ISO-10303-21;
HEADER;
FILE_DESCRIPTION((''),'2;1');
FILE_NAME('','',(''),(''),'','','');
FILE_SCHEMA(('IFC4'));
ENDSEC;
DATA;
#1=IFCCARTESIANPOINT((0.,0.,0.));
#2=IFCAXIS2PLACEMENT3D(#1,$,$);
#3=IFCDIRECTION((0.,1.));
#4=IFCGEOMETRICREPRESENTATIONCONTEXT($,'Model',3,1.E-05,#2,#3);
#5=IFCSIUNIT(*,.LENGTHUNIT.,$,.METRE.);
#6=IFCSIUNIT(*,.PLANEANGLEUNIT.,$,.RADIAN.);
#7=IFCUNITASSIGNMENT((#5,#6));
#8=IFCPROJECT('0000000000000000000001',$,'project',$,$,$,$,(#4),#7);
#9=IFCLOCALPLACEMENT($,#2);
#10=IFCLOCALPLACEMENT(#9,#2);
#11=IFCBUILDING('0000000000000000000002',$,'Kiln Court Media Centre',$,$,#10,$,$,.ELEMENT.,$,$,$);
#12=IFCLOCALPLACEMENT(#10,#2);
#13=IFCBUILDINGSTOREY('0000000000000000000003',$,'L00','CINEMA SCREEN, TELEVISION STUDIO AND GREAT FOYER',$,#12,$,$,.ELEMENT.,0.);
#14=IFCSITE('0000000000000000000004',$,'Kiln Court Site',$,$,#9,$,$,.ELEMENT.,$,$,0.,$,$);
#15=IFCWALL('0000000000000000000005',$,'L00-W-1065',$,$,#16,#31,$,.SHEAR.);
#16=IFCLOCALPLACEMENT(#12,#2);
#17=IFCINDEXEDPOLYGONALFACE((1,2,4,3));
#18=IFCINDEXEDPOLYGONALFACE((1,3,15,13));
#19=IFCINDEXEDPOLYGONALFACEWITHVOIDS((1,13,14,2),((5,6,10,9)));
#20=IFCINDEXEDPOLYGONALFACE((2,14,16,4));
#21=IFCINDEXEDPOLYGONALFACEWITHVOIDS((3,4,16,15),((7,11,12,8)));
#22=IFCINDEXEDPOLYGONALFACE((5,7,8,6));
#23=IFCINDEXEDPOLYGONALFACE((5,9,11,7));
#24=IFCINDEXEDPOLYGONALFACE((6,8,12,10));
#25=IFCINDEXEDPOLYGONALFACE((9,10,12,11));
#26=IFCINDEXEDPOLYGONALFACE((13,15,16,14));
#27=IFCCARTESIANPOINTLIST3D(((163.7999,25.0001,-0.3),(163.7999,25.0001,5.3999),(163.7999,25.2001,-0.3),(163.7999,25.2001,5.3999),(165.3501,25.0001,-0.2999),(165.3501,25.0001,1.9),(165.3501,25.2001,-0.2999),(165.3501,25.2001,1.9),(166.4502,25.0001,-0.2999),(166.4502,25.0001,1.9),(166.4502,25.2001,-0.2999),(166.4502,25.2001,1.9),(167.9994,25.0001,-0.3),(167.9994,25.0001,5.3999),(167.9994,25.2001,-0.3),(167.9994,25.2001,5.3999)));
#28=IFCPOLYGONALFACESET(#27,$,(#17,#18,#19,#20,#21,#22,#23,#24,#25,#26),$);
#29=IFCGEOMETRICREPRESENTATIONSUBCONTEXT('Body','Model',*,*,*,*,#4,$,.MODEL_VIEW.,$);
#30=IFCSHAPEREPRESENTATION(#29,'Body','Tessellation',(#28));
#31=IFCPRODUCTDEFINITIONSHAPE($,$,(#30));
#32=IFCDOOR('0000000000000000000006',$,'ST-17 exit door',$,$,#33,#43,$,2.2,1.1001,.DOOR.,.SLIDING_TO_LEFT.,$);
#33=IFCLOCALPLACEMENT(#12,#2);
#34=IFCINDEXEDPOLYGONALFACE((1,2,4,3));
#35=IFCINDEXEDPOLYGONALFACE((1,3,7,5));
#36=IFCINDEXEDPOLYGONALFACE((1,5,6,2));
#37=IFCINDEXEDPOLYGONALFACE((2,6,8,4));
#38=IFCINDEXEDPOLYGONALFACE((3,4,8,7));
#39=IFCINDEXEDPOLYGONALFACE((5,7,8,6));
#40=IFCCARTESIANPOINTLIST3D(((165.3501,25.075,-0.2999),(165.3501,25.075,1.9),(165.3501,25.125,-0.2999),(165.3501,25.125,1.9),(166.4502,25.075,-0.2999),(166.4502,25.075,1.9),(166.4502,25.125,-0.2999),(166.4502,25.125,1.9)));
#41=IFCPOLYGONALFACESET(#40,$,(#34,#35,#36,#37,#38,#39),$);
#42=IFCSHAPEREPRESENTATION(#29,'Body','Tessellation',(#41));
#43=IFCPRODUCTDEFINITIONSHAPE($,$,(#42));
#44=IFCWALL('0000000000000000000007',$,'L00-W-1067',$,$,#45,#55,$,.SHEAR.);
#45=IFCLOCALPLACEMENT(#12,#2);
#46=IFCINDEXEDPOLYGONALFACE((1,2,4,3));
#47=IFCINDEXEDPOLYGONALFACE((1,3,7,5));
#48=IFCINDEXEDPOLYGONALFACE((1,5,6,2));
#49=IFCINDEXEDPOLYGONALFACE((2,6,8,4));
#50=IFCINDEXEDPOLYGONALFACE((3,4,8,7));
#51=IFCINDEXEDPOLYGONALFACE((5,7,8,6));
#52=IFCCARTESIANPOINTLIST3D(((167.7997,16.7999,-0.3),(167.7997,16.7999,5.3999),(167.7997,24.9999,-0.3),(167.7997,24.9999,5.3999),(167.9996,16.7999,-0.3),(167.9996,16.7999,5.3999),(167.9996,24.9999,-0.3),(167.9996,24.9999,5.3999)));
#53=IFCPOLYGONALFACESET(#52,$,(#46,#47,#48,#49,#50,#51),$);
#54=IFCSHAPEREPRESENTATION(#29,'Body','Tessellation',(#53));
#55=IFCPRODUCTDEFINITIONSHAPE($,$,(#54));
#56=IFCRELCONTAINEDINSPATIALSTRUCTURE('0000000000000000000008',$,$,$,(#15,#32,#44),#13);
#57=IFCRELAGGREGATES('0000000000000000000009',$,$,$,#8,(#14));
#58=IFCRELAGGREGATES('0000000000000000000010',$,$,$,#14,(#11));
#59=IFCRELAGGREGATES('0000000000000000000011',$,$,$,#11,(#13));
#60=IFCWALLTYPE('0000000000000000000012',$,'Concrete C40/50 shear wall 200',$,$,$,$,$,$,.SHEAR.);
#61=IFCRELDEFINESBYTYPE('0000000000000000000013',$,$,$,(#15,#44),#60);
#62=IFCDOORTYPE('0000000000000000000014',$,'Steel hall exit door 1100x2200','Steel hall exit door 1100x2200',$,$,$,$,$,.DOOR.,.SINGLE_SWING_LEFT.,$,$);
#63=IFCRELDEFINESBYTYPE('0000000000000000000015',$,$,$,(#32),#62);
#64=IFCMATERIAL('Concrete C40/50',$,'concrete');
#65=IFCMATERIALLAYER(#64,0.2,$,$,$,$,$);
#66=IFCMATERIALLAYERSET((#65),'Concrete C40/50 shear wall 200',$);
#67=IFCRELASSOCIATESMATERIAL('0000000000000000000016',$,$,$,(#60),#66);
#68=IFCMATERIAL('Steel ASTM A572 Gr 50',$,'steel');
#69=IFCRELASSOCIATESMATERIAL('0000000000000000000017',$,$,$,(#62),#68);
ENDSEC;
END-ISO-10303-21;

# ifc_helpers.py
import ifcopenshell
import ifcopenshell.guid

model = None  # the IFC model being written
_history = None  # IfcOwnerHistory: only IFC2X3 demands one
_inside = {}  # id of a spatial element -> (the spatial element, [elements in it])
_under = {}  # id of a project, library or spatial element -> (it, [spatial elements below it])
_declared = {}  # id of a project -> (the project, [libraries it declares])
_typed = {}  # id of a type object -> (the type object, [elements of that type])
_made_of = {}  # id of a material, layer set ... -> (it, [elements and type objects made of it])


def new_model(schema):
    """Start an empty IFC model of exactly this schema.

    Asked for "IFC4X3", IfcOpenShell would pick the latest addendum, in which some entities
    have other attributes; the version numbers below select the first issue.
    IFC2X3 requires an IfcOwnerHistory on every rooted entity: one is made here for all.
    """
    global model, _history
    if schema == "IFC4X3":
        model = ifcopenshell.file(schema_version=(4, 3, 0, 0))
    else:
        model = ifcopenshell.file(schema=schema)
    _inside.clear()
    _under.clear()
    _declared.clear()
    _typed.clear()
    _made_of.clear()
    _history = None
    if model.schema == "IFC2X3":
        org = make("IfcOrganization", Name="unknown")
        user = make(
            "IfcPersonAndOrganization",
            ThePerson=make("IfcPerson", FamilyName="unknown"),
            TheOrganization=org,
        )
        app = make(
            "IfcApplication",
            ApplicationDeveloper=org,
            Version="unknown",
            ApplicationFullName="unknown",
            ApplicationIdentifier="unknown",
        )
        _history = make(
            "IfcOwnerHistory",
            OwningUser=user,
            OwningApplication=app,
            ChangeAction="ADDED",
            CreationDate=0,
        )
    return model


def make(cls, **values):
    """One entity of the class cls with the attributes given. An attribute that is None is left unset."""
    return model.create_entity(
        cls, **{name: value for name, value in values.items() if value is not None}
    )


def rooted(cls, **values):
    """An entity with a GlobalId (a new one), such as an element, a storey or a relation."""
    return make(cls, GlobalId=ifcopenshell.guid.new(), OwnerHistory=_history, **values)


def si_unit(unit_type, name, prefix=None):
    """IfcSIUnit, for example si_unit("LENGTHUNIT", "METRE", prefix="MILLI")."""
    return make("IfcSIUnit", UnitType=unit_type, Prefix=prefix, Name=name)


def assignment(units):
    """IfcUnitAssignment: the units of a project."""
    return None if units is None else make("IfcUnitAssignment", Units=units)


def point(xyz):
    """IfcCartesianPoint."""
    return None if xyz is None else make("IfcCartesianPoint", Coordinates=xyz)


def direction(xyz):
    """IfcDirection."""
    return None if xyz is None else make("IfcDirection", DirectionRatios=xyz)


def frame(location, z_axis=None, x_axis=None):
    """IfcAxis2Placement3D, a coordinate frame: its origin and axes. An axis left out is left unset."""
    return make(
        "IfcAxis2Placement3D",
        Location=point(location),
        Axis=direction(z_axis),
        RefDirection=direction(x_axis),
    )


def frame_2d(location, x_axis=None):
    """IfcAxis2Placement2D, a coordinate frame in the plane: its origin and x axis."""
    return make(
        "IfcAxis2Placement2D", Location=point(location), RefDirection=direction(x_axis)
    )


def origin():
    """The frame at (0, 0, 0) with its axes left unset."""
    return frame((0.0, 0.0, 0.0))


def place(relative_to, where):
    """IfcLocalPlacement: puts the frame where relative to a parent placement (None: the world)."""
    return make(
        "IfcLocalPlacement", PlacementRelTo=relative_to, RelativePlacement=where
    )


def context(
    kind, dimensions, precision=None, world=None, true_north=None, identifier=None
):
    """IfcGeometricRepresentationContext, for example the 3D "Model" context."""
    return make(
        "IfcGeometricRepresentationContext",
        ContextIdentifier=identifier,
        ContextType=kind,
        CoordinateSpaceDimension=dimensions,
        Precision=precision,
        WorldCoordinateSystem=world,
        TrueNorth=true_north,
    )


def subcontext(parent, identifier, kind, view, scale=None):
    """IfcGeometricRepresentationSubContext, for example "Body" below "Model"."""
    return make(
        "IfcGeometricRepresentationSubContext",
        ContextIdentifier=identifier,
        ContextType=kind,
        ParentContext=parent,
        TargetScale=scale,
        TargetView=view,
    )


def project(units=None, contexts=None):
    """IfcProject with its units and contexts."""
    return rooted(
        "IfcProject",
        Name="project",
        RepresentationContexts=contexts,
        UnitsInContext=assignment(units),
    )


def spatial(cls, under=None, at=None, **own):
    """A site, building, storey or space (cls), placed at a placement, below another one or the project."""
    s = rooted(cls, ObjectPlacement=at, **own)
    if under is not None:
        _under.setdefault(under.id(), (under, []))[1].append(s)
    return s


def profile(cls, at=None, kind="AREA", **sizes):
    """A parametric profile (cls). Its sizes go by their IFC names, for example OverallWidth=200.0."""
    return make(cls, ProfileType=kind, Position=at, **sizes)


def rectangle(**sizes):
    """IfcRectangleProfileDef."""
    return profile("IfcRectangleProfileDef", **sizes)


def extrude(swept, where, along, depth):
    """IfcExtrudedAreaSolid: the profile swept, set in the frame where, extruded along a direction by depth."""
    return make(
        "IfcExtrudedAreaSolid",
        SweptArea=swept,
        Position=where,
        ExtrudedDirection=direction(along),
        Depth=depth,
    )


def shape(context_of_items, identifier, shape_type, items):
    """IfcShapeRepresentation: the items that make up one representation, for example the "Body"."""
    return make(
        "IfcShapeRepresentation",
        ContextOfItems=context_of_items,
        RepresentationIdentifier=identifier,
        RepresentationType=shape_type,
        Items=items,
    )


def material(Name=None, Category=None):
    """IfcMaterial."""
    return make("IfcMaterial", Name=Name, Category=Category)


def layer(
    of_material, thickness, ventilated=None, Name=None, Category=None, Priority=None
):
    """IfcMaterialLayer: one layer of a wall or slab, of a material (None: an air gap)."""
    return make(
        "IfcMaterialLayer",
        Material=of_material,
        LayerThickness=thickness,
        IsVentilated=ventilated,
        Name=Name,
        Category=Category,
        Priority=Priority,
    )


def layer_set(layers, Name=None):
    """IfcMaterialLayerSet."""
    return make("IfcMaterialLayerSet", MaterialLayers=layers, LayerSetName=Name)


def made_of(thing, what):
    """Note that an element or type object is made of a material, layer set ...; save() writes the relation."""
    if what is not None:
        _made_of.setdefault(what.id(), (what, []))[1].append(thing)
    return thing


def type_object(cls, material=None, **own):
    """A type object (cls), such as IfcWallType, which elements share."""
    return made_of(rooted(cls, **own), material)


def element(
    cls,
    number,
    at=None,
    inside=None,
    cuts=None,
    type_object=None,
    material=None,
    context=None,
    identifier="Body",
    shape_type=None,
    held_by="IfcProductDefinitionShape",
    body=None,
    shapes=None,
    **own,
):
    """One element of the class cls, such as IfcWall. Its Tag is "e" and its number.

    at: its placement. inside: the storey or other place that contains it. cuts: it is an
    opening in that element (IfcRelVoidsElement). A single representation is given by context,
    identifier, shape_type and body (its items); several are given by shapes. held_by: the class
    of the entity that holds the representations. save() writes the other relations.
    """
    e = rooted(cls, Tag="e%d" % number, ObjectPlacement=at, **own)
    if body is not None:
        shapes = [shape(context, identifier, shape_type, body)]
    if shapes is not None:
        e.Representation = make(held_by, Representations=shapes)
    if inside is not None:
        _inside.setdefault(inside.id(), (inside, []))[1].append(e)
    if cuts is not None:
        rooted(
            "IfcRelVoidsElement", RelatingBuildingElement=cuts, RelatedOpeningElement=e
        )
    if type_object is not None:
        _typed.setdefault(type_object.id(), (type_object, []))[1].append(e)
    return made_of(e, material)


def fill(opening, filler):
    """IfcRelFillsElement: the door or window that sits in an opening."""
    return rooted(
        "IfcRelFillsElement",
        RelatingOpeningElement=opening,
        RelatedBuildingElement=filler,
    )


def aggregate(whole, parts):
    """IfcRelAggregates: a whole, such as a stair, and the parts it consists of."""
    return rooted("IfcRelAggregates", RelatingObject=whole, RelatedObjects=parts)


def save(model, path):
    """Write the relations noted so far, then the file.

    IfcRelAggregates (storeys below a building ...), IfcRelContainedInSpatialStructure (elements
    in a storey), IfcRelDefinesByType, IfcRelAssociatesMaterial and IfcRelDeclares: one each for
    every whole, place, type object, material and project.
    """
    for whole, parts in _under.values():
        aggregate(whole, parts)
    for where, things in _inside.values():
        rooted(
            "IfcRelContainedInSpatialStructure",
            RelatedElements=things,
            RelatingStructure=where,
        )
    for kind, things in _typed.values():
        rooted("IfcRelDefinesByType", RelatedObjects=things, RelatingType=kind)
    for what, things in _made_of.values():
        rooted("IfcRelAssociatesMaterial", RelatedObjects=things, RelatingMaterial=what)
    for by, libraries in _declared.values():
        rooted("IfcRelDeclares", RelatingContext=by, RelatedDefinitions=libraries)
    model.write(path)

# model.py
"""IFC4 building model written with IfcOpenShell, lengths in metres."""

from ifc_helpers import new_model, si_unit, direction, frame, frame_2d, origin, place, context, subcontext, project, spatial, rectangle, extrude, material, layer, layer_set, type_object, element, fill, save


model = new_model("IFC4")

# Units and contexts
model_context = context("Model", 3, precision=1e-05, world=origin(), true_north=direction((0.0, 1.0)))
body_context = subcontext(model_context, "Body", "Model", "MODEL_VIEW")
ifc_project = project(units=[si_unit("LENGTHUNIT", "METRE"), si_unit("PLANEANGLEUNIT", "RADIAN")], contexts=[model_context])

# Site, building, storey
site_placement = place(None, origin())
site = spatial("IfcSite", under=ifc_project, at=site_placement, Name="Kiln Court Site", CompositionType="ELEMENT", RefElevation=0.0)
building_placement = place(site_placement, origin())
building = spatial("IfcBuilding", under=site, at=building_placement, Name="Kiln Court Media Centre", CompositionType="ELEMENT")
storey_placement = place(building_placement, origin())
storey = spatial("IfcBuildingStorey", under=building, at=storey_placement, Name="L00", Description="CINEMA SCREEN, TELEVISION STUDIO AND GREAT FOYER", CompositionType="ELEMENT", Elevation=0.0)

# Wall, opening, door
ifc_material_1 = material(Name="Concrete C40/50", Category="concrete")
ifc_layer_1 = layer(ifc_material_1, 0.2)
ifc_layer_set_1 = layer_set([ifc_layer_1], Name="Concrete C40/50 shear wall 200")
wall_type = type_object("IfcWallType", Name="Concrete C40/50 shear wall 200", PredefinedType="SHEAR", material=ifc_layer_set_1)
wall_1_placement = place(storey_placement, frame((163.8, 25.1001, -0.3), z_axis=(0.0, 0.0, 1.0), x_axis=(1.0, 0.0, 0.0)))
wall_1 = element("IfcWall", 1, at=wall_1_placement, inside=storey, type_object=wall_type, Name="L00-W-1065", PredefinedType="SHEAR", context=body_context, shape_type="SweptSolid", body=[
    extrude(rectangle(XDim=4.1995, YDim=0.2, at=frame_2d((2.0996, 0.0))), origin(), (0.0, 0.0, 1.0), 5.7),
])
opening_placement = place(wall_1_placement, frame((1.55, 0.0, 0.0)))
opening = element("IfcOpeningElement", 2, at=opening_placement, cuts=wall_1, PredefinedType="OPENING", context=body_context, shape_type="SweptSolid", body=[
    extrude(rectangle(XDim=1.1001, YDim=2.2, at=frame_2d((0.55, 1.1001))), frame((0.0, 0.1099, 0.0), z_axis=(0.0, -1.0, 0.0), x_axis=(1.0, 0.0, 0.0)), (0.0, 0.0, 1.0), 0.22),
])
ifc_material_2 = material(Name="Steel ASTM A572 Gr 50", Category="steel")
door_type = type_object("IfcDoorType", Name="Steel hall exit door 1100x2200", Description="Steel hall exit door 1100x2200", OperationType="SINGLE_SWING_LEFT", PredefinedType="DOOR", material=ifc_material_2)
door_placement = place(opening_placement, origin())
door = element("IfcDoor", 3, at=door_placement, inside=storey, type_object=door_type, Name="ST-17 exit door", OperationType="SLIDING_TO_LEFT", OverallHeight=2.2, OverallWidth=1.1001, PredefinedType="DOOR", context=body_context, shape_type="SweptSolid", body=[
    extrude(rectangle(XDim=1.1001, YDim=2.2, at=frame_2d((0.55, 1.1001))), frame((0.0, 0.0249, 0.0), z_axis=(0.0, -1.0, 0.0), x_axis=(1.0, 0.0, 0.0)), (0.0, 0.0, 1.0), 0.05),
])
fill(opening, door)

# Wall
wall_2_placement = place(storey_placement, frame((167.8997, 25.0, -0.3), z_axis=(0.0, 0.0, 1.0), x_axis=(0.0, -1.0, 0.0)))
element("IfcWall", 4, at=wall_2_placement, inside=storey, type_object=wall_type, Name="L00-W-1067", PredefinedType="SHEAR", context=body_context, shape_type="SweptSolid", body=[
    extrude(rectangle(XDim=8.2, YDim=0.2, at=frame_2d((4.1001, 0.0))), origin(), (0.0, 0.0, 1.0), 5.7),
])

save(model, "model.ifc")
